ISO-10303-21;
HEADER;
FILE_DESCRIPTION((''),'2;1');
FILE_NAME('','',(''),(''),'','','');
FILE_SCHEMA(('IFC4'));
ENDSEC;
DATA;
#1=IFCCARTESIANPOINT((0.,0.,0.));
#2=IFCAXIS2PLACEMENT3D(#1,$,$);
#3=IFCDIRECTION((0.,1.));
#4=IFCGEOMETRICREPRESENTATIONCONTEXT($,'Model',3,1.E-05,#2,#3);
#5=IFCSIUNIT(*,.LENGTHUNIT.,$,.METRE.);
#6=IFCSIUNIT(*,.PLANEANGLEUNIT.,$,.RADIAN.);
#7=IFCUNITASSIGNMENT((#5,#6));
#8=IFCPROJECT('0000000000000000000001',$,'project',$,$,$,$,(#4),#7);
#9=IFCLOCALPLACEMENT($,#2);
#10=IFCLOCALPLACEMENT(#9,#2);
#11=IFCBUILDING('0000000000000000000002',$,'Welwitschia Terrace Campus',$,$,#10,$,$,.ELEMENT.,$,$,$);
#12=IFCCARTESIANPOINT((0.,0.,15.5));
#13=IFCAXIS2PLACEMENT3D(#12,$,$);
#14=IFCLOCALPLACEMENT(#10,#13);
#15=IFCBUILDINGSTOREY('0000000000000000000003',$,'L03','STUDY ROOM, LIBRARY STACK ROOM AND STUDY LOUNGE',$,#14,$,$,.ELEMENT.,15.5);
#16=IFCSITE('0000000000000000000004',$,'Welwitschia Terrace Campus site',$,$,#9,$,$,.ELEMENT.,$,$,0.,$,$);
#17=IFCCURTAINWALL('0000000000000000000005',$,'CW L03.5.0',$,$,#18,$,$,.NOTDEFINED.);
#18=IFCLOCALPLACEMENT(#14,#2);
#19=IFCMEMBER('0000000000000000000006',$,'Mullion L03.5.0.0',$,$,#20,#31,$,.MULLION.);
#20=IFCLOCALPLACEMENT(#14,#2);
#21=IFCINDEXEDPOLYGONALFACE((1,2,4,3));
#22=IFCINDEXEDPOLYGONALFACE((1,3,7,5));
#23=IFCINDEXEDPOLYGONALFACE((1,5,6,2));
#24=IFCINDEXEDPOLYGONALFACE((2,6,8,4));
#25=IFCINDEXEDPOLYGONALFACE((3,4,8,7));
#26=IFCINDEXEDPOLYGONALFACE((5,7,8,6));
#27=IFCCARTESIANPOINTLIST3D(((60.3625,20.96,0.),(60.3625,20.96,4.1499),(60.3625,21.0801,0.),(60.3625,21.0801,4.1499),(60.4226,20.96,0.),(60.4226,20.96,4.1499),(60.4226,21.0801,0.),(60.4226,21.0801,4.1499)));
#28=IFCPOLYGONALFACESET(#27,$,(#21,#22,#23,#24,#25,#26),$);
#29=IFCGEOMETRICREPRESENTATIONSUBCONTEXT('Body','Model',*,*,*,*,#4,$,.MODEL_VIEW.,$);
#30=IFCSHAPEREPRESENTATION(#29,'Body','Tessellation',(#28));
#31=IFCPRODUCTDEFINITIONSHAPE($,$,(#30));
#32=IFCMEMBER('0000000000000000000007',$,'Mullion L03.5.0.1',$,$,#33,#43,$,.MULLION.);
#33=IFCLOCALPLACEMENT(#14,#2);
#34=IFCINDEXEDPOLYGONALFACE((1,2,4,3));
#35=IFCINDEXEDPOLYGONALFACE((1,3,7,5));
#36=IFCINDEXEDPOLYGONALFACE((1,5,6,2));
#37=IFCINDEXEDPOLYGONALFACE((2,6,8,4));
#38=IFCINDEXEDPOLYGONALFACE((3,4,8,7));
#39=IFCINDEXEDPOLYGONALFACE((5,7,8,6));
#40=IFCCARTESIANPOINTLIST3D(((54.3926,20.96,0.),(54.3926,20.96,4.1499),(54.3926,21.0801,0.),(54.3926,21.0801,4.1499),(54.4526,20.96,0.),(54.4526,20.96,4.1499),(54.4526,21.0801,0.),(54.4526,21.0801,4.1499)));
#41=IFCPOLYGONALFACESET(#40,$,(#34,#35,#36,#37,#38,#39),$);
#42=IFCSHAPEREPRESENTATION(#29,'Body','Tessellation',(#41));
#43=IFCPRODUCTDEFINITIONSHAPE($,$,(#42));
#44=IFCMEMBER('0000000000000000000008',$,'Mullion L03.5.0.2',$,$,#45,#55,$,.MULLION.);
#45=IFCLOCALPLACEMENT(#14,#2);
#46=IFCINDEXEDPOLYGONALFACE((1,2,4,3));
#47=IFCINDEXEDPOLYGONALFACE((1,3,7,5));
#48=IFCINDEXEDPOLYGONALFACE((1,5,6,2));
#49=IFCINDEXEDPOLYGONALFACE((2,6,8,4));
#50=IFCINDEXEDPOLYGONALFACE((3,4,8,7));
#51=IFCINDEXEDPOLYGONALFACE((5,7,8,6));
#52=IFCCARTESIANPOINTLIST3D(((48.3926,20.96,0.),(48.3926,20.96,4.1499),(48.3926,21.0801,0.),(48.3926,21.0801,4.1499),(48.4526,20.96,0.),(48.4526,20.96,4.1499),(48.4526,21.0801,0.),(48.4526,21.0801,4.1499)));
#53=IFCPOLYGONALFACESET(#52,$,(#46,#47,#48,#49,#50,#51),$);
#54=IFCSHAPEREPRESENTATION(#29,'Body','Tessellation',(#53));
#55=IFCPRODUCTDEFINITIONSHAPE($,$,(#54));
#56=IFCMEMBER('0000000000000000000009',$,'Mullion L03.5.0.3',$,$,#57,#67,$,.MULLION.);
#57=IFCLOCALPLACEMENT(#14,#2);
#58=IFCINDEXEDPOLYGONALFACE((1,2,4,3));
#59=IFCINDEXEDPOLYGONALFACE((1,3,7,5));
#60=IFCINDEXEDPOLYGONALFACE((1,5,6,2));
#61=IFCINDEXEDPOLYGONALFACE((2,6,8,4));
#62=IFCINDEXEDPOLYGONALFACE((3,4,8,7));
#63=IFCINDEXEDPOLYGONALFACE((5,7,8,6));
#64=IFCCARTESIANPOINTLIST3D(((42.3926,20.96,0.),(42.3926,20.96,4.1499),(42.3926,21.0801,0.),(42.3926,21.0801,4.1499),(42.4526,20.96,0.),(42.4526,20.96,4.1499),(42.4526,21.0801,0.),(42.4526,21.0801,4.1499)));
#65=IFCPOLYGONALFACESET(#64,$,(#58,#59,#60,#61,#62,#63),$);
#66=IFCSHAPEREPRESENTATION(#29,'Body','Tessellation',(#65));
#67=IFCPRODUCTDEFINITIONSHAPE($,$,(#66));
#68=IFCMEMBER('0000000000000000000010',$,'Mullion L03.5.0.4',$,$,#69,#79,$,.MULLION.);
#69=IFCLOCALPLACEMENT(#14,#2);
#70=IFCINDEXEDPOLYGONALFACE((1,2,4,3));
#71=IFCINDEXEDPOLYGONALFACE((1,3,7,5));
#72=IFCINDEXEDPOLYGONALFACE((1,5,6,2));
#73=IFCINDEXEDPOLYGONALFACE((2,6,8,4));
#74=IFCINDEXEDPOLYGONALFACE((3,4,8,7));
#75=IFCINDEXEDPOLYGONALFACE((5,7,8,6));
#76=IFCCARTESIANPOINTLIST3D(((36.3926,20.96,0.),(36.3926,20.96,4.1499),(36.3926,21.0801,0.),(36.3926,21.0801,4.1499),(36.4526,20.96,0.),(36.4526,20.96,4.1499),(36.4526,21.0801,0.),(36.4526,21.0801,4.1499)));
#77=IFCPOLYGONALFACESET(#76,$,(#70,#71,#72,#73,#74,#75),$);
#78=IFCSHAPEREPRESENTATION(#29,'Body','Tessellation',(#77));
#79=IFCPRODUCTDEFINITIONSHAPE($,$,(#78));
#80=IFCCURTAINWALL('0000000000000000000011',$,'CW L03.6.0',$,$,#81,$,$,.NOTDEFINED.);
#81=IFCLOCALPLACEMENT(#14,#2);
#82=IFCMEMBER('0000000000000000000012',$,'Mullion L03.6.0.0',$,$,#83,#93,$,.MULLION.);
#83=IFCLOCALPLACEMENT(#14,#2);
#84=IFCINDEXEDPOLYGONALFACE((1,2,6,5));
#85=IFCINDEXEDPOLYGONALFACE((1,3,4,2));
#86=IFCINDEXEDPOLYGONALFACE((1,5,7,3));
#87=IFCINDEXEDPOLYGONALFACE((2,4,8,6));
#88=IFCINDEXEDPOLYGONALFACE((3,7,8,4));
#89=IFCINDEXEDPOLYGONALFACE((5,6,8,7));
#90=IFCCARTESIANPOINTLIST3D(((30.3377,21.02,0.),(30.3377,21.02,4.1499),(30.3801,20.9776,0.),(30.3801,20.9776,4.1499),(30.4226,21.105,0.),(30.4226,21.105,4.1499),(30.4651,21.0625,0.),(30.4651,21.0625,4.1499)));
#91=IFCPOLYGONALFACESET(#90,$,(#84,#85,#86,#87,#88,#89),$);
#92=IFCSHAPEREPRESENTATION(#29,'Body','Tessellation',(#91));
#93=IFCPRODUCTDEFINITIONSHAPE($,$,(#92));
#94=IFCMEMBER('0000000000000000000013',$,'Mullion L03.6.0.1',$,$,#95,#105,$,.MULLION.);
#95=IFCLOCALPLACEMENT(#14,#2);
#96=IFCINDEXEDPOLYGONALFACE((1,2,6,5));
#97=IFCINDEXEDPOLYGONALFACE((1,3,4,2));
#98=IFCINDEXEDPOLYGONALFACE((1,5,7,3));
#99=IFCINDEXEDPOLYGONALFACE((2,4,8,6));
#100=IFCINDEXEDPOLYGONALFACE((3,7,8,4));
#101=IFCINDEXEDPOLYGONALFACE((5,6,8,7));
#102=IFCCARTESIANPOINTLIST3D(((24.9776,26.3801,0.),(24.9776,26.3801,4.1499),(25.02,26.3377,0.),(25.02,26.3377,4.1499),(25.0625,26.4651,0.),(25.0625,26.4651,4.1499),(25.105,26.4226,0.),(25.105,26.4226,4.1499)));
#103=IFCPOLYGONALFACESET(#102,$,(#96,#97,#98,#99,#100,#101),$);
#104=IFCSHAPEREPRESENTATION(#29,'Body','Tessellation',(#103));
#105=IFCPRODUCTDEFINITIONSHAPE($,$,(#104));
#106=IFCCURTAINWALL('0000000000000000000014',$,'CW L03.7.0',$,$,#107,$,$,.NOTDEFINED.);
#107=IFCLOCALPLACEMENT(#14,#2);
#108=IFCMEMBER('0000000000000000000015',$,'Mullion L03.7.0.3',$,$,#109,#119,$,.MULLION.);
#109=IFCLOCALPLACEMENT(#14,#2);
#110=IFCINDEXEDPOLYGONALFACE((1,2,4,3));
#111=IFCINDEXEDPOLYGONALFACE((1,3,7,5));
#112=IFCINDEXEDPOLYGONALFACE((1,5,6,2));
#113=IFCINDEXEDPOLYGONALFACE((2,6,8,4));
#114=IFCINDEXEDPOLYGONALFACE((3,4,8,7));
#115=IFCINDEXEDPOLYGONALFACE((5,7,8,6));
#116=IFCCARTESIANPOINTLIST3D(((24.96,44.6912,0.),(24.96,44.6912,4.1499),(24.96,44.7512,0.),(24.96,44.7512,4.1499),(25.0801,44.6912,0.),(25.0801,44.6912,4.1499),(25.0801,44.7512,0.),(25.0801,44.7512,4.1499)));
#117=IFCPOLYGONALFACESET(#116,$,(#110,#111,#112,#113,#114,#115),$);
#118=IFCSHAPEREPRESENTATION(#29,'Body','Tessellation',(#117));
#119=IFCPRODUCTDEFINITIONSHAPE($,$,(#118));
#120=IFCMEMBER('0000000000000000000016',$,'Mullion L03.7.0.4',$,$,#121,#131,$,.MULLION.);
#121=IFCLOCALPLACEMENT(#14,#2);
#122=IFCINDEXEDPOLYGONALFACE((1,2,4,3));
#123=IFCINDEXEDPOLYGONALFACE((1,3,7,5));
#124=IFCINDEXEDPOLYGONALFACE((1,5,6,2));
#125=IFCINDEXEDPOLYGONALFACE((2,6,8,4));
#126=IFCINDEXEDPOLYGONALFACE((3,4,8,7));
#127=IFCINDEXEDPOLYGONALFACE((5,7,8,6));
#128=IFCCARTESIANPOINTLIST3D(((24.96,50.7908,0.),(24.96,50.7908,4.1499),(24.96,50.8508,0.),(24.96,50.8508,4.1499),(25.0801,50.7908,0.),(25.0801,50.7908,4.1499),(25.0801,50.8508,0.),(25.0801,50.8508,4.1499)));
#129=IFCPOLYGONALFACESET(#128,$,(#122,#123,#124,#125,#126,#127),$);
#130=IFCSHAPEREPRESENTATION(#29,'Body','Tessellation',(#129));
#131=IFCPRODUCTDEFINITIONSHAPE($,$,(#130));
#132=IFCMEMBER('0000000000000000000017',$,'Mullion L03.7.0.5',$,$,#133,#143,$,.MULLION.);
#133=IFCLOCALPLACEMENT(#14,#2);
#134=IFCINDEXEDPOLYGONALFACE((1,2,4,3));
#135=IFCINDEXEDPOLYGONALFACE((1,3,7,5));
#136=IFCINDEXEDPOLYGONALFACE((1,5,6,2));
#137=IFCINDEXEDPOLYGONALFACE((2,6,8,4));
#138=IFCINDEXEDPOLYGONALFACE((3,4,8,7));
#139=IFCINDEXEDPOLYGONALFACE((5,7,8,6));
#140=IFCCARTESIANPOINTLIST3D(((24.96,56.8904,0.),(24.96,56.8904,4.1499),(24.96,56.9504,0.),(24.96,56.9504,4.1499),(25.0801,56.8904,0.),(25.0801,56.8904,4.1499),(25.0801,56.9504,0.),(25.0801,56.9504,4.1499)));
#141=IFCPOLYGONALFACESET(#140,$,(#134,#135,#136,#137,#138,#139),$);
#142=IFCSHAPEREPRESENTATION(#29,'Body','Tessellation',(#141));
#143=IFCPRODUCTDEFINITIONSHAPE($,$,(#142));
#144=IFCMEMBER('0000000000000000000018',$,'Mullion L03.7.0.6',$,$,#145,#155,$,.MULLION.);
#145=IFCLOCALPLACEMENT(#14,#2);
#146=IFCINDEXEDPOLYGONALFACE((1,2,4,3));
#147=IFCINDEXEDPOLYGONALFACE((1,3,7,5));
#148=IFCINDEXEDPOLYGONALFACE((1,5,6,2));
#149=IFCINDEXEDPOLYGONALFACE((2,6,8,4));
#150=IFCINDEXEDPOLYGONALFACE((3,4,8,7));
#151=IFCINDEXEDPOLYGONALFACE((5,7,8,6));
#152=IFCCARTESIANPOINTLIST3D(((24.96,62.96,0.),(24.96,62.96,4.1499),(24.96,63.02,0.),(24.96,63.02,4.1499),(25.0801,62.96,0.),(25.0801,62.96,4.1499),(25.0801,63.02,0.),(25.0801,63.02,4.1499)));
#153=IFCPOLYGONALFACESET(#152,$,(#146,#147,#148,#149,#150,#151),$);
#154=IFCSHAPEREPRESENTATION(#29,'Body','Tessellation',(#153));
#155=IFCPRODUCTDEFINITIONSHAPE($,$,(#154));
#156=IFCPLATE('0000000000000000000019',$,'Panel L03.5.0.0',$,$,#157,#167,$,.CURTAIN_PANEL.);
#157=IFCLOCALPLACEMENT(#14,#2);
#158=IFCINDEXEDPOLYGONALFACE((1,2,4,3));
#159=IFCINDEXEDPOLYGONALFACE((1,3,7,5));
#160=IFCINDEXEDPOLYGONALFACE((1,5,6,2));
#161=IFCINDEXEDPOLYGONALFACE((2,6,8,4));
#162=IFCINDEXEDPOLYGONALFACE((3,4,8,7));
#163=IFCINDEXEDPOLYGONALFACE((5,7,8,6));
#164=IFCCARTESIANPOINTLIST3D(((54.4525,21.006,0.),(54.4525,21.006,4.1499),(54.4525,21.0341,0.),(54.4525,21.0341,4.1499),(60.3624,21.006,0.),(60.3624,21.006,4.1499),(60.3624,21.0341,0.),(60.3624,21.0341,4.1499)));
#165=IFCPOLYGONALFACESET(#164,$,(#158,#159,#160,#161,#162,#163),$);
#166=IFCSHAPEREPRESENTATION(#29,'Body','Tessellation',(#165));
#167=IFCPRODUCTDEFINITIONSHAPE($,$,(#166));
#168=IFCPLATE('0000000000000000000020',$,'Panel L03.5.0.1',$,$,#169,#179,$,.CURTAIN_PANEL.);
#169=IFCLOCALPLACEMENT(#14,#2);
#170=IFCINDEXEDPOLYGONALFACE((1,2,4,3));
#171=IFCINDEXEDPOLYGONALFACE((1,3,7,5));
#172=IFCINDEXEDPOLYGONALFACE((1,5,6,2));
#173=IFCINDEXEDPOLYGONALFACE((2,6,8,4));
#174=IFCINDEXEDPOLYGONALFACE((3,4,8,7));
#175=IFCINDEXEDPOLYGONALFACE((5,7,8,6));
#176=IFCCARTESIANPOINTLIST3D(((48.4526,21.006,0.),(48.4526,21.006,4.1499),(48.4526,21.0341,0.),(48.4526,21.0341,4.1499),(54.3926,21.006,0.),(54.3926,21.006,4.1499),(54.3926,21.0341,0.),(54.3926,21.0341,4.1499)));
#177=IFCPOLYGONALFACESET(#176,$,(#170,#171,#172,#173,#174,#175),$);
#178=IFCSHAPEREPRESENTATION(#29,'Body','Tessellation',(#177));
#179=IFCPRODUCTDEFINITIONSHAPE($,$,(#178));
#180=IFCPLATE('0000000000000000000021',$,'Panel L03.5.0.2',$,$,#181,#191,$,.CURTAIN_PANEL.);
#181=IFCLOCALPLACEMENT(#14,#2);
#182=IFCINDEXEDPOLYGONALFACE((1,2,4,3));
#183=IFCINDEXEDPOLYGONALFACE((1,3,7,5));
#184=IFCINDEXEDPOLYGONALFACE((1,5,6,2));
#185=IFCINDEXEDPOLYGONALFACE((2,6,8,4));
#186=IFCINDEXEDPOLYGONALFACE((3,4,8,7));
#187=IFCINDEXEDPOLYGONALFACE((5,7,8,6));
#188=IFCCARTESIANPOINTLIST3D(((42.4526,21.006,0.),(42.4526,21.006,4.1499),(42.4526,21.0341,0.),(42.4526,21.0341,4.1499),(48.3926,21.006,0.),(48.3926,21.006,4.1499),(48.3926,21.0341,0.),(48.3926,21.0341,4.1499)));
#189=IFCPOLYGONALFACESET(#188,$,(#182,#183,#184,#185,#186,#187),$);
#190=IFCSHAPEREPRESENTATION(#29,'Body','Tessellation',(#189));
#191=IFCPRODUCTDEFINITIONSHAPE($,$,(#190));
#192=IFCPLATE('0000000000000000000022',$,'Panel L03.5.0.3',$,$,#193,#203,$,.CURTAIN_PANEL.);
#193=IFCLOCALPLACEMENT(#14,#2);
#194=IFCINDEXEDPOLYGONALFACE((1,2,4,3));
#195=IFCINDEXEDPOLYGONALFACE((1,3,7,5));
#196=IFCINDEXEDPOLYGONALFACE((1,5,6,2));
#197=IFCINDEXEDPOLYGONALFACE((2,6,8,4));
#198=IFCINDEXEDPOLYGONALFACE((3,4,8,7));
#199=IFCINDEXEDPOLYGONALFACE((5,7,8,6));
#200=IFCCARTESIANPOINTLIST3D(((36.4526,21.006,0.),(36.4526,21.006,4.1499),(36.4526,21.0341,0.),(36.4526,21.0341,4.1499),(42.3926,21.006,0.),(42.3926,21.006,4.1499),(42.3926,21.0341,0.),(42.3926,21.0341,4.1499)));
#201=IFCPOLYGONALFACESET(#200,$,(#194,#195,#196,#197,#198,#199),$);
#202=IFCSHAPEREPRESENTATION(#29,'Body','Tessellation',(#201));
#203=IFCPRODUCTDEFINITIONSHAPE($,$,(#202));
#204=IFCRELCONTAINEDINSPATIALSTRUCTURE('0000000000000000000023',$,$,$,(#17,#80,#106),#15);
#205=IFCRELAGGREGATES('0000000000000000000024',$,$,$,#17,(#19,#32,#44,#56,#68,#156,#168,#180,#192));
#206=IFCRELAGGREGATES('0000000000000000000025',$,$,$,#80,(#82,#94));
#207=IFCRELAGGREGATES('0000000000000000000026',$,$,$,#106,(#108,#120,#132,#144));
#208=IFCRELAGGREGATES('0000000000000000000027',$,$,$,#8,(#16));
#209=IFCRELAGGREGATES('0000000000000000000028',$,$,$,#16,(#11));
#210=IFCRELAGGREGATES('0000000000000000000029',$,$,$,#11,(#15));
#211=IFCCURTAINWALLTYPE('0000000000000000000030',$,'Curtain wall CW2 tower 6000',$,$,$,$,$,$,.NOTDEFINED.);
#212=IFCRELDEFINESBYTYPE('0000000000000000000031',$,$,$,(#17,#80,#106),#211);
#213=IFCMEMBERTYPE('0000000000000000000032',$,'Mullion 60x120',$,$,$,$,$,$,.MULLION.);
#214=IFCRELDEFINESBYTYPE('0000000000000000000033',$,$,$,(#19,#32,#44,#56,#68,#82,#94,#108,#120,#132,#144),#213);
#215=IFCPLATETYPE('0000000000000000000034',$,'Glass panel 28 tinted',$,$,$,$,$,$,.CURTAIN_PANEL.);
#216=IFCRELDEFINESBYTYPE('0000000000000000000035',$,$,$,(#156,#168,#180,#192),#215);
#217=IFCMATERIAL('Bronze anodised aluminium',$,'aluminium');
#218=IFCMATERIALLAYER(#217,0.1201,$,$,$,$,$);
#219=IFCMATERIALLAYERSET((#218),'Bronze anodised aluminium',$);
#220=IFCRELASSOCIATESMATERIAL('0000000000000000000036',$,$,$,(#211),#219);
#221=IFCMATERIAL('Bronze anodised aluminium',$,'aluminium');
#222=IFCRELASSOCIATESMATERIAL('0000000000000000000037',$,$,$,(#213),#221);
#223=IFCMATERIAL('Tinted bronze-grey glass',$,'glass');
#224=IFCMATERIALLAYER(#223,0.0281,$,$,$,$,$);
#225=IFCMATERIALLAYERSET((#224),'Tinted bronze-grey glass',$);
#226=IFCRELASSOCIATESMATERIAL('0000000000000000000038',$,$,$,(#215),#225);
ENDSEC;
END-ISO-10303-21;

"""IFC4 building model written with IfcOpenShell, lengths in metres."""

from ifc_helpers import new_model, si_unit, direction, frame, origin, origin_2d, place, context, subcontext, project, spatial, rectangle, extrude, material, layer, layer_set, material_profile, profile_set, type_object, element, aggregate, save


model = new_model("IFC4")

# Units and contexts
model_context = context("Model", 3, precision=1e-05, world=origin(), true_north=direction((0.0, 1.0)))
body_context = subcontext(model_context, "Body", "Model", "MODEL_VIEW")
ifc_project = project(units=[si_unit("LENGTHUNIT", "METRE"), si_unit("PLANEANGLEUNIT", "RADIAN")], contexts=[model_context])

# Site, building, storey
site_placement = place(None, origin())
site = spatial("IfcSite", under=ifc_project, at=site_placement, Name="Welwitschia Terrace Campus site", CompositionType="ELEMENT", RefElevation=0.0)
building_placement = place(site_placement, origin())
building = spatial("IfcBuilding", under=site, at=building_placement, Name="Welwitschia Terrace Campus", CompositionType="ELEMENT")
storey_placement = place(building_placement, frame((0.0, 0.0, 15.5)))
storey = spatial("IfcBuildingStorey", under=building, at=storey_placement, Name="L03", Description="STUDY ROOM, LIBRARY STACK ROOM AND STUDY LOUNGE", CompositionType="ELEMENT", Elevation=15.5)

# Curtain walls, members
ifc_material_1 = material(Name="Bronze anodised aluminium", Category="aluminium")
ifc_layer_1 = layer(ifc_material_1, 0.1201)
ifc_layer_set_1 = layer_set([ifc_layer_1], Name="Bronze anodised aluminium")
curtain_wall_type = type_object("IfcCurtainWallType", Name="Curtain wall CW2 tower 6000", PredefinedType="NOTDEFINED", material=ifc_layer_set_1)
curtain_wall_1_placement = place(storey_placement, origin())
curtain_wall_1 = element("IfcCurtainWall", 1, at=curtain_wall_1_placement, inside=storey, type_object=curtain_wall_type, Name="CW L03.5.0", PredefinedType="NOTDEFINED")
ifc_material_2 = material(Name="Bronze anodised aluminium", Category="aluminium")
ifc_material_profile = material_profile(ifc_material_2, rectangle(XDim=0.1201, YDim=0.0601, at=origin_2d()))
ifc_profile_set = profile_set([ifc_material_profile], Name="Bronze anodised aluminium")
member_type = type_object("IfcMemberType", Name="Mullion 60x120", PredefinedType="MULLION", material=ifc_profile_set)
member_1_placement = place(storey_placement, frame((60.3926, 21.02, 0.0), z_axis=(0.0, 0.0, 1.0), x_axis=(0.0, -1.0, 0.0)))
member_1 = element("IfcMember", 2, at=member_1_placement, type_object=member_type, Name="Mullion L03.5.0.0", PredefinedType="MULLION", context=body_context, shape_type="SweptSolid", body=[
    extrude(rectangle(XDim=0.1201, YDim=0.0601, at=origin_2d()), origin(), (0.0, 0.0, 1.0), 4.1499),
])
member_2_placement = place(storey_placement, frame((54.4226, 21.02, 0.0), z_axis=(0.0, 0.0, 1.0), x_axis=(0.0, -1.0, 0.0)))
member_2 = element("IfcMember", 3, at=member_2_placement, type_object=member_type, Name="Mullion L03.5.0.1", PredefinedType="MULLION", context=body_context, shape_type="SweptSolid", body=[
    extrude(rectangle(XDim=0.1201, YDim=0.0601, at=origin_2d()), origin(), (0.0, 0.0, 1.0), 4.1499),
])
member_3_placement = place(storey_placement, frame((48.4226, 21.02, 0.0), z_axis=(0.0, 0.0, 1.0), x_axis=(0.0, -1.0, 0.0)))
member_3 = element("IfcMember", 4, at=member_3_placement, type_object=member_type, Name="Mullion L03.5.0.2", PredefinedType="MULLION", context=body_context, shape_type="SweptSolid", body=[
    extrude(rectangle(XDim=0.1201, YDim=0.0601, at=origin_2d()), origin(), (0.0, 0.0, 1.0), 4.1499),
])
member_4_placement = place(storey_placement, frame((42.4226, 21.02, 0.0), z_axis=(0.0, 0.0, 1.0), x_axis=(0.0, -1.0, 0.0)))
member_4 = element("IfcMember", 5, at=member_4_placement, type_object=member_type, Name="Mullion L03.5.0.3", PredefinedType="MULLION", context=body_context, shape_type="SweptSolid", body=[
    extrude(rectangle(XDim=0.1201, YDim=0.0601, at=origin_2d()), origin(), (0.0, 0.0, 1.0), 4.1499),
])
member_5_placement = place(storey_placement, frame((36.4226, 21.02, 0.0), z_axis=(0.0, 0.0, 1.0), x_axis=(0.0, -1.0, 0.0)))
member_5 = element("IfcMember", 6, at=member_5_placement, type_object=member_type, Name="Mullion L03.5.0.4", PredefinedType="MULLION", context=body_context, shape_type="SweptSolid", body=[
    extrude(rectangle(XDim=0.1201, YDim=0.0601, at=origin_2d()), origin(), (0.0, 0.0, 1.0), 4.1499),
])
curtain_wall_2_placement = place(storey_placement, origin())
curtain_wall_2 = element("IfcCurtainWall", 7, at=curtain_wall_2_placement, inside=storey, type_object=curtain_wall_type, Name="CW L03.6.0", PredefinedType="NOTDEFINED")
member_6_placement = place(storey_placement, frame((30.4014, 21.0413, 0.0), z_axis=(0.0, 0.0, 1.0), x_axis=(-0.707107, -0.707107, 0.0)))
member_6 = element("IfcMember", 8, at=member_6_placement, type_object=member_type, Name="Mullion L03.6.0.0", PredefinedType="MULLION", context=body_context, shape_type="SweptSolid", body=[
    extrude(rectangle(XDim=0.1201, YDim=0.0601, at=origin_2d()), origin(), (0.0, 0.0, 1.0), 4.1499),
])
member_7_placement = place(storey_placement, frame((25.0413, 26.4014, 0.0), z_axis=(0.0, 0.0, 1.0), x_axis=(-0.707107, -0.707107, 0.0)))
member_7 = element("IfcMember", 9, at=member_7_placement, type_object=member_type, Name="Mullion L03.6.0.1", PredefinedType="MULLION", context=body_context, shape_type="SweptSolid", body=[
    extrude(rectangle(XDim=0.1201, YDim=0.0601, at=origin_2d()), origin(), (0.0, 0.0, 1.0), 4.1499),
])
curtain_wall_3_placement = place(storey_placement, origin())
curtain_wall_3 = element("IfcCurtainWall", 10, at=curtain_wall_3_placement, inside=storey, type_object=curtain_wall_type, Name="CW L03.7.0", PredefinedType="NOTDEFINED")
member_8_placement = place(storey_placement, frame((25.02, 44.7212, 0.0), z_axis=(0.0, 0.0, 1.0), x_axis=(-1.0, 0.0, 0.0)))
member_8 = element("IfcMember", 11, at=member_8_placement, type_object=member_type, Name="Mullion L03.7.0.3", PredefinedType="MULLION", context=body_context, shape_type="SweptSolid", body=[
    extrude(rectangle(XDim=0.1201, YDim=0.0601, at=origin_2d()), origin(), (0.0, 0.0, 1.0), 4.1499),
])
member_9_placement = place(storey_placement, frame((25.02, 50.8208, 0.0), z_axis=(0.0, 0.0, 1.0), x_axis=(-1.0, 0.0, 0.0)))
member_9 = element("IfcMember", 12, at=member_9_placement, type_object=member_type, Name="Mullion L03.7.0.4", PredefinedType="MULLION", context=body_context, shape_type="SweptSolid", body=[
    extrude(rectangle(XDim=0.1201, YDim=0.0601, at=origin_2d()), origin(), (0.0, 0.0, 1.0), 4.1499),
])
member_10_placement = place(storey_placement, frame((25.02, 56.9204, 0.0), z_axis=(0.0, 0.0, 1.0), x_axis=(-1.0, 0.0, 0.0)))
member_10 = element("IfcMember", 13, at=member_10_placement, type_object=member_type, Name="Mullion L03.7.0.5", PredefinedType="MULLION", context=body_context, shape_type="SweptSolid", body=[
    extrude(rectangle(XDim=0.1201, YDim=0.0601, at=origin_2d()), origin(), (0.0, 0.0, 1.0), 4.1499),
])
member_11_placement = place(storey_placement, frame((25.02, 62.99, 0.0), z_axis=(0.0, 0.0, 1.0), x_axis=(-1.0, 0.0, 0.0)))
member_11 = element("IfcMember", 14, at=member_11_placement, type_object=member_type, Name="Mullion L03.7.0.6", PredefinedType="MULLION", context=body_context, shape_type="SweptSolid", body=[
    extrude(rectangle(XDim=0.1201, YDim=0.0601, at=origin_2d()), origin(), (0.0, 0.0, 1.0), 4.1499),
])

# Plates
ifc_material_3 = material(Name="Tinted bronze-grey glass", Category="glass")
ifc_layer_2 = layer(ifc_material_3, 0.0281)
ifc_layer_set_2 = layer_set([ifc_layer_2], Name="Tinted bronze-grey glass")
plate_type = type_object("IfcPlateType", Name="Glass panel 28 tinted", PredefinedType="CURTAIN_PANEL", material=ifc_layer_set_2)
plate_1_placement = place(storey_placement, frame((57.4075, 21.02, 0.0), z_axis=(0.0, 0.0, 1.0), x_axis=(-1.0, 0.0, 0.0)))
plate_1 = element("IfcPlate", 15, at=plate_1_placement, type_object=plate_type, Name="Panel L03.5.0.0", PredefinedType="CURTAIN_PANEL", context=body_context, shape_type="SweptSolid", body=[
    extrude(rectangle(XDim=5.9099, YDim=0.0281, at=origin_2d()), origin(), (0.0, 0.0, 1.0), 4.1499),
])
plate_2_placement = place(storey_placement, frame((51.4226, 21.02, 0.0), z_axis=(0.0, 0.0, 1.0), x_axis=(-1.0, 0.0, 0.0)))
plate_2 = element("IfcPlate", 16, at=plate_2_placement, type_object=plate_type, Name="Panel L03.5.0.1", PredefinedType="CURTAIN_PANEL", context=body_context, shape_type="SweptSolid", body=[
    extrude(rectangle(XDim=5.9399, YDim=0.0281, at=origin_2d()), origin(), (0.0, 0.0, 1.0), 4.1499),
])
plate_3_placement = place(storey_placement, frame((45.4226, 21.02, 0.0), z_axis=(0.0, 0.0, 1.0), x_axis=(-1.0, 0.0, 0.0)))
plate_3 = element("IfcPlate", 17, at=plate_3_placement, type_object=plate_type, Name="Panel L03.5.0.2", PredefinedType="CURTAIN_PANEL", context=body_context, shape_type="SweptSolid", body=[
    extrude(rectangle(XDim=5.9399, YDim=0.0281, at=origin_2d()), origin(), (0.0, 0.0, 1.0), 4.1499),
])
plate_4_placement = place(storey_placement, frame((39.4226, 21.02, 0.0), z_axis=(0.0, 0.0, 1.0), x_axis=(-1.0, 0.0, 0.0)))
plate_4 = element("IfcPlate", 18, at=plate_4_placement, type_object=plate_type, Name="Panel L03.5.0.3", PredefinedType="CURTAIN_PANEL", context=body_context, shape_type="SweptSolid", body=[
    extrude(rectangle(XDim=5.9399, YDim=0.0281, at=origin_2d()), origin(), (0.0, 0.0, 1.0), 4.1499),
])
aggregate(curtain_wall_1, [member_1, member_2, member_3, member_4, member_5, plate_1, plate_2, plate_3, plate_4])
aggregate(curtain_wall_2, [member_6, member_7])
aggregate(curtain_wall_3, [member_8, member_9, member_10, member_11])

save(model, "model.ifc")
